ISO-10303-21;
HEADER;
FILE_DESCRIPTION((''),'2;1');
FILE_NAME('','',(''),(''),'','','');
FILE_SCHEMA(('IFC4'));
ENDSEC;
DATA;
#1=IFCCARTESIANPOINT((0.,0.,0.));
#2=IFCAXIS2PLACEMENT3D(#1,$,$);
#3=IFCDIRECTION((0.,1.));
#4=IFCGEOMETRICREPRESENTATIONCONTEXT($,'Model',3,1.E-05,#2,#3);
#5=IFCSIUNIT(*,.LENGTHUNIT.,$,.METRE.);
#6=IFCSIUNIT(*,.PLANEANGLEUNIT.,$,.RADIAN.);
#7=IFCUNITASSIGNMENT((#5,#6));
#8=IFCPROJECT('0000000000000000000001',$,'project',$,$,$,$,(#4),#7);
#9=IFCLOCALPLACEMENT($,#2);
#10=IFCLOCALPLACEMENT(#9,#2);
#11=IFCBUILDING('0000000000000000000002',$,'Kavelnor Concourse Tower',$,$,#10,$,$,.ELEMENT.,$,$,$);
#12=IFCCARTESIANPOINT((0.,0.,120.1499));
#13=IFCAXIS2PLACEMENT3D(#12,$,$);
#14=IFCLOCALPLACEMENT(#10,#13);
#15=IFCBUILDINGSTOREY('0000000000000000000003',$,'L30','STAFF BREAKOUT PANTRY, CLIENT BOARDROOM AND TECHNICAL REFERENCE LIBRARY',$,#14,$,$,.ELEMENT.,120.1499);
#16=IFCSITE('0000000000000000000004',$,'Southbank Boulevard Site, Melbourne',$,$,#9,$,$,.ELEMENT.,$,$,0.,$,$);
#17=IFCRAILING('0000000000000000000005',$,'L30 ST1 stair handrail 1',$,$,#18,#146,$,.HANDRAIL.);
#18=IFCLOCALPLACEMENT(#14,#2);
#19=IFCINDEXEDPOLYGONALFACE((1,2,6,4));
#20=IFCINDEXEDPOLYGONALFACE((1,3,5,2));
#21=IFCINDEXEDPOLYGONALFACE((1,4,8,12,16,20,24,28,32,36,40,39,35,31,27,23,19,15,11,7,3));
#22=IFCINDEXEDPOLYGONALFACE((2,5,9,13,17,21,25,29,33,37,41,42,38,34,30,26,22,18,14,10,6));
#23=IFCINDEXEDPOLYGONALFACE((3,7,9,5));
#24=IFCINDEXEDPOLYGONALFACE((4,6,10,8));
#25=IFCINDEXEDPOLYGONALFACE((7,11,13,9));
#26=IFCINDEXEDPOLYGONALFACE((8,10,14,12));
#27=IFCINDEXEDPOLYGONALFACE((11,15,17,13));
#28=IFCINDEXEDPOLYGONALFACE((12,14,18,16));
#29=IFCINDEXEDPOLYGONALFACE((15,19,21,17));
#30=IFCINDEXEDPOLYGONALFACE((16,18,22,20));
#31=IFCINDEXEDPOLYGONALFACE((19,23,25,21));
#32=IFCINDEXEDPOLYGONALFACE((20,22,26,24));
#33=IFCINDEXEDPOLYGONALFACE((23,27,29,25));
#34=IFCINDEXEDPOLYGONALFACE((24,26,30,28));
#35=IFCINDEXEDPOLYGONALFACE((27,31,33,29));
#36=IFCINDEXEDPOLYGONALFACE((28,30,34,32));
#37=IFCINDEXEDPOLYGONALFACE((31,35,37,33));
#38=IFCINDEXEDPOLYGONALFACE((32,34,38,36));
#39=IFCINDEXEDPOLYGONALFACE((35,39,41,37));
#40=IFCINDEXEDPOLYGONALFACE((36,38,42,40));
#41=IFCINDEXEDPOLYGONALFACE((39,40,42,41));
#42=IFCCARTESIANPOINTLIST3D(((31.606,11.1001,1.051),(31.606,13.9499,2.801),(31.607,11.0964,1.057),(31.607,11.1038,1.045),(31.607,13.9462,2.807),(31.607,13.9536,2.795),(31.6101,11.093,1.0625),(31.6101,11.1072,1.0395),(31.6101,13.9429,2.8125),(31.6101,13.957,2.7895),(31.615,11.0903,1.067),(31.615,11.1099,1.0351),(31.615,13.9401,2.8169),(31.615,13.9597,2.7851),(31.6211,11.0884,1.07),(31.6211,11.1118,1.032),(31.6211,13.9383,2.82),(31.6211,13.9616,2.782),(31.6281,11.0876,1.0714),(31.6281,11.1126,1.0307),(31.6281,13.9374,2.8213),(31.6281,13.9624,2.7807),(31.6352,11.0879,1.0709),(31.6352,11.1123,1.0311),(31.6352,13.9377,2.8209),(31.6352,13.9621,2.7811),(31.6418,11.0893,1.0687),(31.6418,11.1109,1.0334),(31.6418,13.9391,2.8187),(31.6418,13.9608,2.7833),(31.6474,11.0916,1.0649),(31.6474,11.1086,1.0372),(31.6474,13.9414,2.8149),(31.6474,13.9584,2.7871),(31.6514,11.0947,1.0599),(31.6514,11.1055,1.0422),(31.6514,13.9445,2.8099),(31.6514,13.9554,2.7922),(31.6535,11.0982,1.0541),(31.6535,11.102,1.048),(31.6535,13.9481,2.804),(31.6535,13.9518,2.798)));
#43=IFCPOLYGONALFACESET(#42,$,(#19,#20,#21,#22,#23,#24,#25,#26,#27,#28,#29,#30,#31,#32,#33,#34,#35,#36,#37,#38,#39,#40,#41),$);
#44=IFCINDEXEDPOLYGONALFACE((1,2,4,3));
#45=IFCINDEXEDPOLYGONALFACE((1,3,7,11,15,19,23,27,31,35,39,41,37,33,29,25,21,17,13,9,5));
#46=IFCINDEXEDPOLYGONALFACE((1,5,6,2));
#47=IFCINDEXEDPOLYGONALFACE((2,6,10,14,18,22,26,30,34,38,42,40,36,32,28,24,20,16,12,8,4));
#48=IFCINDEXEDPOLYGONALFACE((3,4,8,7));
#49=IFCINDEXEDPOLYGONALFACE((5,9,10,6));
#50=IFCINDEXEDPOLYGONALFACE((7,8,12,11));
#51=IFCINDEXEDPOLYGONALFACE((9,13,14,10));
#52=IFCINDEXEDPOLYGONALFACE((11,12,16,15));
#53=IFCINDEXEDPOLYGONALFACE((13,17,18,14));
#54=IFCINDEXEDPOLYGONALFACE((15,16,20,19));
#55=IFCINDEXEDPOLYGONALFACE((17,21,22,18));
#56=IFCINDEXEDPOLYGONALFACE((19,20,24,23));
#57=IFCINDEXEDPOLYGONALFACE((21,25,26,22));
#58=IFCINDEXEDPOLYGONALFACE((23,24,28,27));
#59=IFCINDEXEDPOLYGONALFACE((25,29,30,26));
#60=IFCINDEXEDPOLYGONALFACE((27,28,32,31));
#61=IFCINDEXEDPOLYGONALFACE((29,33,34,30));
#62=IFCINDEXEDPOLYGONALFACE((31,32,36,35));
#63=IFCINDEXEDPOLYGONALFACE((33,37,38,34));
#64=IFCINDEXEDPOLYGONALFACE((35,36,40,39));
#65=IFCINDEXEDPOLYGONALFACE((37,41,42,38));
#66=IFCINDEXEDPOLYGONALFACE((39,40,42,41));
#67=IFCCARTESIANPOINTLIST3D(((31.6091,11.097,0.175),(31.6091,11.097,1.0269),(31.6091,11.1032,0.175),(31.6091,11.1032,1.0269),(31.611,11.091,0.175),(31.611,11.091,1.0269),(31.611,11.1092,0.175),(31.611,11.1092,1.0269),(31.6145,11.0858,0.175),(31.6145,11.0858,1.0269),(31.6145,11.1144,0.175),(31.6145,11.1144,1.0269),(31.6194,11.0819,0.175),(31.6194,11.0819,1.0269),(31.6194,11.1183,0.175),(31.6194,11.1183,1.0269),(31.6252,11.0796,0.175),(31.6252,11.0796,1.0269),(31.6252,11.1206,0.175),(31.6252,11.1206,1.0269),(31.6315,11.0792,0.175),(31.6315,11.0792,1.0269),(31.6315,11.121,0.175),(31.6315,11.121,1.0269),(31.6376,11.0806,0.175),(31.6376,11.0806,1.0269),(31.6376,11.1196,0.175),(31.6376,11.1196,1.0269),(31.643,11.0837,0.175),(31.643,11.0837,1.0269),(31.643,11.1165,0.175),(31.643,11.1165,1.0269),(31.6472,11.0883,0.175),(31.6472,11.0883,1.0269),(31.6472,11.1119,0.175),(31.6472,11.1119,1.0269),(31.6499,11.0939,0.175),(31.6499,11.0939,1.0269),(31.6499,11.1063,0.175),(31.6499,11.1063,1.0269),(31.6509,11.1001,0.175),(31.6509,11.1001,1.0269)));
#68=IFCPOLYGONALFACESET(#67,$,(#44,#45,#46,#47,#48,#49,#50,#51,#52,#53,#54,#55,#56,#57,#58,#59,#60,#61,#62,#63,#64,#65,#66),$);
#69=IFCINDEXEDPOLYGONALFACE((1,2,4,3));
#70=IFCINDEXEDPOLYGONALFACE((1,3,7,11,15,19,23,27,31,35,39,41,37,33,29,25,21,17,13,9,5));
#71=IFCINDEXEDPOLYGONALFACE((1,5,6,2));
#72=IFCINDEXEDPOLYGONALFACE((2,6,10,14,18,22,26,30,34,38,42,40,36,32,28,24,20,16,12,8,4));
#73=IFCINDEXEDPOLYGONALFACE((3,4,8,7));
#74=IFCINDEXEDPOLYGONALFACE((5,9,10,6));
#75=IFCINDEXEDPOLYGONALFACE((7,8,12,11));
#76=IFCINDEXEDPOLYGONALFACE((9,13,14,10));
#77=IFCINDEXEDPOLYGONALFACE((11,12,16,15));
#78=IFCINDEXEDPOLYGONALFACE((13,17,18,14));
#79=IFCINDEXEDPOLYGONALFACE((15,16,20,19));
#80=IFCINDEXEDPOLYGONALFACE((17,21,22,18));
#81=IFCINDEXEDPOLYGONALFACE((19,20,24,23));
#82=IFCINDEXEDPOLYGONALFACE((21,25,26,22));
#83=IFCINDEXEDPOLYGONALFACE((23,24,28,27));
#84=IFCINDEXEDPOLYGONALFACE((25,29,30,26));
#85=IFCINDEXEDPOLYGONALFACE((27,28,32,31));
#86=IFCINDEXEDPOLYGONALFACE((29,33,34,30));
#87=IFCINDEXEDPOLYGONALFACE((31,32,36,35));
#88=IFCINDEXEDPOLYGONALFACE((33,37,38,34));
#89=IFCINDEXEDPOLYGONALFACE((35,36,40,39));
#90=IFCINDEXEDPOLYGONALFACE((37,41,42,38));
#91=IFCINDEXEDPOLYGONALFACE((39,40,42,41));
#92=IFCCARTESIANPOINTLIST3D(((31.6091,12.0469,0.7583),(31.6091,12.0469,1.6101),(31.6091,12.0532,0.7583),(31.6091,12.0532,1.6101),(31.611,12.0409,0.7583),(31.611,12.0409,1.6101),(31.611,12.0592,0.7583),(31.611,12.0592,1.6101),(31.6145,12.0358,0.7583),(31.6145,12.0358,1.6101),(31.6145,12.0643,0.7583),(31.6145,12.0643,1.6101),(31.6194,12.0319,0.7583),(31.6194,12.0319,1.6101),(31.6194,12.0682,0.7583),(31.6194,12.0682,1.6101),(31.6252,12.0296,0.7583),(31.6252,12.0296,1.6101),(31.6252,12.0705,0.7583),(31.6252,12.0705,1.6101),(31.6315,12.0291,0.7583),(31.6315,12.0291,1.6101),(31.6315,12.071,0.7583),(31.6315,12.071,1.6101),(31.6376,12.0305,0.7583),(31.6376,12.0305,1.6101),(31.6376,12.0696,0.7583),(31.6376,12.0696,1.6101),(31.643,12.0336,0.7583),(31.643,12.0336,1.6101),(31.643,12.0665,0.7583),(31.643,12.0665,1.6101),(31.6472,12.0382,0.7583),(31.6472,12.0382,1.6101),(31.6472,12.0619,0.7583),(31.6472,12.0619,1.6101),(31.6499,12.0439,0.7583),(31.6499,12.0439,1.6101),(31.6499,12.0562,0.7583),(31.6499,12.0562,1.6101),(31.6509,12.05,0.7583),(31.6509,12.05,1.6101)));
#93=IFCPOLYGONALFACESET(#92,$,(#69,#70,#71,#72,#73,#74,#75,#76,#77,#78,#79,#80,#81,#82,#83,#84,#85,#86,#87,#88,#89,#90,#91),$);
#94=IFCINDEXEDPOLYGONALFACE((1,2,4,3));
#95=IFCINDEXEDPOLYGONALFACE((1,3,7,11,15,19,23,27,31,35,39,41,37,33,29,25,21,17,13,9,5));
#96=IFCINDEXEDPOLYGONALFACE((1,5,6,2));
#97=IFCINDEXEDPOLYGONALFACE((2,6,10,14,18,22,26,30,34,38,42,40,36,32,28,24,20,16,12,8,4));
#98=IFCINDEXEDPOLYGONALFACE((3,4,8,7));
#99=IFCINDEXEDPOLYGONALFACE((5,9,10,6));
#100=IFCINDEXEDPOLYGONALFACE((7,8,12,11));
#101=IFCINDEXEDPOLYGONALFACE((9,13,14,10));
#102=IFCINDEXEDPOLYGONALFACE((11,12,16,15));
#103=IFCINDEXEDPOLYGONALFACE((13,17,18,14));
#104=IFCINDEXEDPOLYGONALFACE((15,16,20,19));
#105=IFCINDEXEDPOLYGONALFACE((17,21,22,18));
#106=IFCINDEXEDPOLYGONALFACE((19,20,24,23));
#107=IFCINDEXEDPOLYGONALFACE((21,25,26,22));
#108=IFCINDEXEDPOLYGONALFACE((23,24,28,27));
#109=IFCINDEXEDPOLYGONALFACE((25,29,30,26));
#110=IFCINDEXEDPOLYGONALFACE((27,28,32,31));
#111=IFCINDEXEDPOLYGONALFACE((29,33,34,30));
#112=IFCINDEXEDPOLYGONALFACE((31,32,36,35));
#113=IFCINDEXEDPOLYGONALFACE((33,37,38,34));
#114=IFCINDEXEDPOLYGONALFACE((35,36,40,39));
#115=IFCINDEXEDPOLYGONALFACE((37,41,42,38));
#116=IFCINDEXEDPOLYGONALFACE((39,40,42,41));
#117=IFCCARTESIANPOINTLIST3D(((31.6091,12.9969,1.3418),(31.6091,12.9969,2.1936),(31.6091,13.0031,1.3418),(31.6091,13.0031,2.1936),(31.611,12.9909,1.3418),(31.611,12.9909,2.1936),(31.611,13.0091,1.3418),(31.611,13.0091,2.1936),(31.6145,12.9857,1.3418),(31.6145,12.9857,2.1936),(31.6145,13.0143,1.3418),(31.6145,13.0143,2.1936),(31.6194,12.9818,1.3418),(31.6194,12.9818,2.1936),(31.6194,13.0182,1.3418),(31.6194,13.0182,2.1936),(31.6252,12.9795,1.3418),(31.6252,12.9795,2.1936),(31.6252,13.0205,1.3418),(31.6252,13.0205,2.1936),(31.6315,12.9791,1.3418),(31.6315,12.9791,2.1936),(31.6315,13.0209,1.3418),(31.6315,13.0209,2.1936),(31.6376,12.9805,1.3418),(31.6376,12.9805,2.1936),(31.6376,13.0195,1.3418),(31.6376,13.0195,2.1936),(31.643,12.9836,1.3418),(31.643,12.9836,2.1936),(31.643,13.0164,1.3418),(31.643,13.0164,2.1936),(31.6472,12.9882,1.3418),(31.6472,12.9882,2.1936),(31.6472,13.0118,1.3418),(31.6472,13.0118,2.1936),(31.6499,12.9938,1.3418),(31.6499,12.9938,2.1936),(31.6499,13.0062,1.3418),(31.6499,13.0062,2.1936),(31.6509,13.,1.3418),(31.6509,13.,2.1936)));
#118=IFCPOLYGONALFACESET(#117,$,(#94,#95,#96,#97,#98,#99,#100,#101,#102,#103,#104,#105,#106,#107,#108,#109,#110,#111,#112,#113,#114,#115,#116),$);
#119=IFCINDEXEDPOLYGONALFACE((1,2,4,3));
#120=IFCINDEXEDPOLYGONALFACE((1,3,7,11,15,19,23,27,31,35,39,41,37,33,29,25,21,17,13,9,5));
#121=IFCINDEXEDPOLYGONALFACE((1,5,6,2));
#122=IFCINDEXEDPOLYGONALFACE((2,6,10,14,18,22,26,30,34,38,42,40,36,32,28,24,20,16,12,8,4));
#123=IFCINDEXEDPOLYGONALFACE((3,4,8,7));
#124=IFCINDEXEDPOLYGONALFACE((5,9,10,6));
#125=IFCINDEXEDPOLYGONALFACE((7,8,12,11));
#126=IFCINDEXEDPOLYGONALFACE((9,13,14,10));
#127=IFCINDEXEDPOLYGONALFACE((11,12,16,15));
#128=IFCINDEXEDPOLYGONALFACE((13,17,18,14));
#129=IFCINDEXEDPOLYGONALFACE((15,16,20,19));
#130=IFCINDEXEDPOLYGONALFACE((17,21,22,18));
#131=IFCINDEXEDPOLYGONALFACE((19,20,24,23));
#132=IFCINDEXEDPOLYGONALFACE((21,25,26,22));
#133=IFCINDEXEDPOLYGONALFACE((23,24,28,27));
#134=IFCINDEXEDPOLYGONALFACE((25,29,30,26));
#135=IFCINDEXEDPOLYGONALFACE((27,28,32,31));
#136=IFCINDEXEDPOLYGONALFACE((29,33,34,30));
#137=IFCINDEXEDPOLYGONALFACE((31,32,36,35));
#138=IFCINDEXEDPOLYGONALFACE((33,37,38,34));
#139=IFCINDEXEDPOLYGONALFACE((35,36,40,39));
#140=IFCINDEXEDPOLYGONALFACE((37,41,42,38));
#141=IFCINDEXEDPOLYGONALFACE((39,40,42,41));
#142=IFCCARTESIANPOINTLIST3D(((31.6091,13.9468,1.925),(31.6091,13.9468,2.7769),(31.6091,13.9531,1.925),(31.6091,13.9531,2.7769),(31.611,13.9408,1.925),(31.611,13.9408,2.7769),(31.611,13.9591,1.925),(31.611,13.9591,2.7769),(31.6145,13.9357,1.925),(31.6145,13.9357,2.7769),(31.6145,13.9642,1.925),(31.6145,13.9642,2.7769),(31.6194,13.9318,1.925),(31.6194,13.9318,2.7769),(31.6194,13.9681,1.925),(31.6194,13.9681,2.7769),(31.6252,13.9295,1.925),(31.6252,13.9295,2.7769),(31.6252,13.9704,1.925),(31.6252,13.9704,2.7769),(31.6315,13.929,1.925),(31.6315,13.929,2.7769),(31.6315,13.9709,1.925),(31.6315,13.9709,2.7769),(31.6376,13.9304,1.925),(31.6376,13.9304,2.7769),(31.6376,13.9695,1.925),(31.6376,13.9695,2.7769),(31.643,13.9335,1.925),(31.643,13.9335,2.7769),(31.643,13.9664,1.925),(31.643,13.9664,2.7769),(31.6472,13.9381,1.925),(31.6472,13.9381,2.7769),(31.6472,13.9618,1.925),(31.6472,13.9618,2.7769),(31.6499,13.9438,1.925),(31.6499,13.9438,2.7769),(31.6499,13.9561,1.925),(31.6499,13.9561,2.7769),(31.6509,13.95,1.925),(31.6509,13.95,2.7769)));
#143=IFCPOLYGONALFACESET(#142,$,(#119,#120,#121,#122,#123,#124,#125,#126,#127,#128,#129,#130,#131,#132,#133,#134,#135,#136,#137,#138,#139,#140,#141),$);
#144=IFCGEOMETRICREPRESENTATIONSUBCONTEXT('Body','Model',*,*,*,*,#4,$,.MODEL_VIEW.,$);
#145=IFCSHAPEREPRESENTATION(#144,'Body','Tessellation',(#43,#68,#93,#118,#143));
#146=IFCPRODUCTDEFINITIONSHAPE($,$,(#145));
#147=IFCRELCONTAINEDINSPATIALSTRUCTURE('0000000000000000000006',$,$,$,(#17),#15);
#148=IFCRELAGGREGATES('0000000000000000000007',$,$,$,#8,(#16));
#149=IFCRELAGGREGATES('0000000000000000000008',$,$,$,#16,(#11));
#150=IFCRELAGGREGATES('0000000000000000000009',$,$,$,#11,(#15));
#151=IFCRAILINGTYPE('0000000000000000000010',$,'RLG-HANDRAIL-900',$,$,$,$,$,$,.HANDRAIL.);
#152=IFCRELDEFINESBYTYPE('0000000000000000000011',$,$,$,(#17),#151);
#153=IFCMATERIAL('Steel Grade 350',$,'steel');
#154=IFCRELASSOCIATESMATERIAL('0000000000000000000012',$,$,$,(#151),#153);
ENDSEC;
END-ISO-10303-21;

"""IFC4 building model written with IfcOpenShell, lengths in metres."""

from ifc_helpers import new_model, si_unit, direction, frame, origin, origin_2d, place, context, subcontext, project, spatial, circle, extrude, material, type_object, element, save


model = new_model("IFC4")

# Units and contexts
model_context = context("Model", 3, precision=1e-05, world=origin(), true_north=direction((0.0, 1.0)))
body_context = subcontext(model_context, "Body", "Model", "MODEL_VIEW")
ifc_project = project(units=[si_unit("LENGTHUNIT", "METRE"), si_unit("PLANEANGLEUNIT", "RADIAN")], contexts=[model_context])

# Site, building, storey
site_placement = place(None, origin())
site = spatial("IfcSite", under=ifc_project, at=site_placement, Name="Southbank Boulevard Site, Melbourne", CompositionType="ELEMENT", RefElevation=0.0)
building_placement = place(site_placement, origin())
building = spatial("IfcBuilding", under=site, at=building_placement, Name="Kavelnor Concourse Tower", CompositionType="ELEMENT")
storey_placement = place(building_placement, frame((0.0, 0.0, 120.1499)))
storey = spatial("IfcBuildingStorey", under=building, at=storey_placement, Name="L30", Description="STAFF BREAKOUT PANTRY, CLIENT BOARDROOM AND TECHNICAL REFERENCE LIBRARY", CompositionType="ELEMENT", Elevation=120.1499)

# Shared definitions
ifc_material_1 = material(Name="Steel Grade 350", Category="steel")

# Railing
railing_type_1 = type_object("IfcRailingType", Name="RLG-HANDRAIL-900", PredefinedType="HANDRAIL", material=ifc_material_1)
railing_1_placement = place(storey_placement, frame((31.6299, 11.1001, 0.175)))
element("IfcRailing", 1, at=railing_1_placement, inside=storey, type_object=railing_type_1, Name="L30 ST1 stair handrail 1", PredefinedType="HANDRAIL", context=body_context, shape_type="SweptSolid", body=[
    extrude(circle(Radius=0.0239, at=origin_2d()), frame((0.0, 0.0, 0.876), z_axis=(0.0, 0.852159, 0.523283), x_axis=(-1.0, 0.0, 0.0)), (0.0, 0.0, 1.0), 3.3442),
    extrude(circle(Radius=0.021, at=origin_2d()), origin(), (0.0, 0.0, 1.0), 0.8518),
    extrude(circle(Radius=0.021, at=origin_2d()), frame((0.0, 0.95, 0.5833)), (0.0, 0.0, 1.0), 0.8518),
    extrude(circle(Radius=0.021, at=origin_2d()), frame((0.0, 1.8999, 1.1667)), (0.0, 0.0, 1.0), 0.8518),
    extrude(circle(Radius=0.021, at=origin_2d()), frame((0.0, 2.8499, 1.75)), (0.0, 0.0, 1.0), 0.8518),
])

save(model, "model.ifc")
